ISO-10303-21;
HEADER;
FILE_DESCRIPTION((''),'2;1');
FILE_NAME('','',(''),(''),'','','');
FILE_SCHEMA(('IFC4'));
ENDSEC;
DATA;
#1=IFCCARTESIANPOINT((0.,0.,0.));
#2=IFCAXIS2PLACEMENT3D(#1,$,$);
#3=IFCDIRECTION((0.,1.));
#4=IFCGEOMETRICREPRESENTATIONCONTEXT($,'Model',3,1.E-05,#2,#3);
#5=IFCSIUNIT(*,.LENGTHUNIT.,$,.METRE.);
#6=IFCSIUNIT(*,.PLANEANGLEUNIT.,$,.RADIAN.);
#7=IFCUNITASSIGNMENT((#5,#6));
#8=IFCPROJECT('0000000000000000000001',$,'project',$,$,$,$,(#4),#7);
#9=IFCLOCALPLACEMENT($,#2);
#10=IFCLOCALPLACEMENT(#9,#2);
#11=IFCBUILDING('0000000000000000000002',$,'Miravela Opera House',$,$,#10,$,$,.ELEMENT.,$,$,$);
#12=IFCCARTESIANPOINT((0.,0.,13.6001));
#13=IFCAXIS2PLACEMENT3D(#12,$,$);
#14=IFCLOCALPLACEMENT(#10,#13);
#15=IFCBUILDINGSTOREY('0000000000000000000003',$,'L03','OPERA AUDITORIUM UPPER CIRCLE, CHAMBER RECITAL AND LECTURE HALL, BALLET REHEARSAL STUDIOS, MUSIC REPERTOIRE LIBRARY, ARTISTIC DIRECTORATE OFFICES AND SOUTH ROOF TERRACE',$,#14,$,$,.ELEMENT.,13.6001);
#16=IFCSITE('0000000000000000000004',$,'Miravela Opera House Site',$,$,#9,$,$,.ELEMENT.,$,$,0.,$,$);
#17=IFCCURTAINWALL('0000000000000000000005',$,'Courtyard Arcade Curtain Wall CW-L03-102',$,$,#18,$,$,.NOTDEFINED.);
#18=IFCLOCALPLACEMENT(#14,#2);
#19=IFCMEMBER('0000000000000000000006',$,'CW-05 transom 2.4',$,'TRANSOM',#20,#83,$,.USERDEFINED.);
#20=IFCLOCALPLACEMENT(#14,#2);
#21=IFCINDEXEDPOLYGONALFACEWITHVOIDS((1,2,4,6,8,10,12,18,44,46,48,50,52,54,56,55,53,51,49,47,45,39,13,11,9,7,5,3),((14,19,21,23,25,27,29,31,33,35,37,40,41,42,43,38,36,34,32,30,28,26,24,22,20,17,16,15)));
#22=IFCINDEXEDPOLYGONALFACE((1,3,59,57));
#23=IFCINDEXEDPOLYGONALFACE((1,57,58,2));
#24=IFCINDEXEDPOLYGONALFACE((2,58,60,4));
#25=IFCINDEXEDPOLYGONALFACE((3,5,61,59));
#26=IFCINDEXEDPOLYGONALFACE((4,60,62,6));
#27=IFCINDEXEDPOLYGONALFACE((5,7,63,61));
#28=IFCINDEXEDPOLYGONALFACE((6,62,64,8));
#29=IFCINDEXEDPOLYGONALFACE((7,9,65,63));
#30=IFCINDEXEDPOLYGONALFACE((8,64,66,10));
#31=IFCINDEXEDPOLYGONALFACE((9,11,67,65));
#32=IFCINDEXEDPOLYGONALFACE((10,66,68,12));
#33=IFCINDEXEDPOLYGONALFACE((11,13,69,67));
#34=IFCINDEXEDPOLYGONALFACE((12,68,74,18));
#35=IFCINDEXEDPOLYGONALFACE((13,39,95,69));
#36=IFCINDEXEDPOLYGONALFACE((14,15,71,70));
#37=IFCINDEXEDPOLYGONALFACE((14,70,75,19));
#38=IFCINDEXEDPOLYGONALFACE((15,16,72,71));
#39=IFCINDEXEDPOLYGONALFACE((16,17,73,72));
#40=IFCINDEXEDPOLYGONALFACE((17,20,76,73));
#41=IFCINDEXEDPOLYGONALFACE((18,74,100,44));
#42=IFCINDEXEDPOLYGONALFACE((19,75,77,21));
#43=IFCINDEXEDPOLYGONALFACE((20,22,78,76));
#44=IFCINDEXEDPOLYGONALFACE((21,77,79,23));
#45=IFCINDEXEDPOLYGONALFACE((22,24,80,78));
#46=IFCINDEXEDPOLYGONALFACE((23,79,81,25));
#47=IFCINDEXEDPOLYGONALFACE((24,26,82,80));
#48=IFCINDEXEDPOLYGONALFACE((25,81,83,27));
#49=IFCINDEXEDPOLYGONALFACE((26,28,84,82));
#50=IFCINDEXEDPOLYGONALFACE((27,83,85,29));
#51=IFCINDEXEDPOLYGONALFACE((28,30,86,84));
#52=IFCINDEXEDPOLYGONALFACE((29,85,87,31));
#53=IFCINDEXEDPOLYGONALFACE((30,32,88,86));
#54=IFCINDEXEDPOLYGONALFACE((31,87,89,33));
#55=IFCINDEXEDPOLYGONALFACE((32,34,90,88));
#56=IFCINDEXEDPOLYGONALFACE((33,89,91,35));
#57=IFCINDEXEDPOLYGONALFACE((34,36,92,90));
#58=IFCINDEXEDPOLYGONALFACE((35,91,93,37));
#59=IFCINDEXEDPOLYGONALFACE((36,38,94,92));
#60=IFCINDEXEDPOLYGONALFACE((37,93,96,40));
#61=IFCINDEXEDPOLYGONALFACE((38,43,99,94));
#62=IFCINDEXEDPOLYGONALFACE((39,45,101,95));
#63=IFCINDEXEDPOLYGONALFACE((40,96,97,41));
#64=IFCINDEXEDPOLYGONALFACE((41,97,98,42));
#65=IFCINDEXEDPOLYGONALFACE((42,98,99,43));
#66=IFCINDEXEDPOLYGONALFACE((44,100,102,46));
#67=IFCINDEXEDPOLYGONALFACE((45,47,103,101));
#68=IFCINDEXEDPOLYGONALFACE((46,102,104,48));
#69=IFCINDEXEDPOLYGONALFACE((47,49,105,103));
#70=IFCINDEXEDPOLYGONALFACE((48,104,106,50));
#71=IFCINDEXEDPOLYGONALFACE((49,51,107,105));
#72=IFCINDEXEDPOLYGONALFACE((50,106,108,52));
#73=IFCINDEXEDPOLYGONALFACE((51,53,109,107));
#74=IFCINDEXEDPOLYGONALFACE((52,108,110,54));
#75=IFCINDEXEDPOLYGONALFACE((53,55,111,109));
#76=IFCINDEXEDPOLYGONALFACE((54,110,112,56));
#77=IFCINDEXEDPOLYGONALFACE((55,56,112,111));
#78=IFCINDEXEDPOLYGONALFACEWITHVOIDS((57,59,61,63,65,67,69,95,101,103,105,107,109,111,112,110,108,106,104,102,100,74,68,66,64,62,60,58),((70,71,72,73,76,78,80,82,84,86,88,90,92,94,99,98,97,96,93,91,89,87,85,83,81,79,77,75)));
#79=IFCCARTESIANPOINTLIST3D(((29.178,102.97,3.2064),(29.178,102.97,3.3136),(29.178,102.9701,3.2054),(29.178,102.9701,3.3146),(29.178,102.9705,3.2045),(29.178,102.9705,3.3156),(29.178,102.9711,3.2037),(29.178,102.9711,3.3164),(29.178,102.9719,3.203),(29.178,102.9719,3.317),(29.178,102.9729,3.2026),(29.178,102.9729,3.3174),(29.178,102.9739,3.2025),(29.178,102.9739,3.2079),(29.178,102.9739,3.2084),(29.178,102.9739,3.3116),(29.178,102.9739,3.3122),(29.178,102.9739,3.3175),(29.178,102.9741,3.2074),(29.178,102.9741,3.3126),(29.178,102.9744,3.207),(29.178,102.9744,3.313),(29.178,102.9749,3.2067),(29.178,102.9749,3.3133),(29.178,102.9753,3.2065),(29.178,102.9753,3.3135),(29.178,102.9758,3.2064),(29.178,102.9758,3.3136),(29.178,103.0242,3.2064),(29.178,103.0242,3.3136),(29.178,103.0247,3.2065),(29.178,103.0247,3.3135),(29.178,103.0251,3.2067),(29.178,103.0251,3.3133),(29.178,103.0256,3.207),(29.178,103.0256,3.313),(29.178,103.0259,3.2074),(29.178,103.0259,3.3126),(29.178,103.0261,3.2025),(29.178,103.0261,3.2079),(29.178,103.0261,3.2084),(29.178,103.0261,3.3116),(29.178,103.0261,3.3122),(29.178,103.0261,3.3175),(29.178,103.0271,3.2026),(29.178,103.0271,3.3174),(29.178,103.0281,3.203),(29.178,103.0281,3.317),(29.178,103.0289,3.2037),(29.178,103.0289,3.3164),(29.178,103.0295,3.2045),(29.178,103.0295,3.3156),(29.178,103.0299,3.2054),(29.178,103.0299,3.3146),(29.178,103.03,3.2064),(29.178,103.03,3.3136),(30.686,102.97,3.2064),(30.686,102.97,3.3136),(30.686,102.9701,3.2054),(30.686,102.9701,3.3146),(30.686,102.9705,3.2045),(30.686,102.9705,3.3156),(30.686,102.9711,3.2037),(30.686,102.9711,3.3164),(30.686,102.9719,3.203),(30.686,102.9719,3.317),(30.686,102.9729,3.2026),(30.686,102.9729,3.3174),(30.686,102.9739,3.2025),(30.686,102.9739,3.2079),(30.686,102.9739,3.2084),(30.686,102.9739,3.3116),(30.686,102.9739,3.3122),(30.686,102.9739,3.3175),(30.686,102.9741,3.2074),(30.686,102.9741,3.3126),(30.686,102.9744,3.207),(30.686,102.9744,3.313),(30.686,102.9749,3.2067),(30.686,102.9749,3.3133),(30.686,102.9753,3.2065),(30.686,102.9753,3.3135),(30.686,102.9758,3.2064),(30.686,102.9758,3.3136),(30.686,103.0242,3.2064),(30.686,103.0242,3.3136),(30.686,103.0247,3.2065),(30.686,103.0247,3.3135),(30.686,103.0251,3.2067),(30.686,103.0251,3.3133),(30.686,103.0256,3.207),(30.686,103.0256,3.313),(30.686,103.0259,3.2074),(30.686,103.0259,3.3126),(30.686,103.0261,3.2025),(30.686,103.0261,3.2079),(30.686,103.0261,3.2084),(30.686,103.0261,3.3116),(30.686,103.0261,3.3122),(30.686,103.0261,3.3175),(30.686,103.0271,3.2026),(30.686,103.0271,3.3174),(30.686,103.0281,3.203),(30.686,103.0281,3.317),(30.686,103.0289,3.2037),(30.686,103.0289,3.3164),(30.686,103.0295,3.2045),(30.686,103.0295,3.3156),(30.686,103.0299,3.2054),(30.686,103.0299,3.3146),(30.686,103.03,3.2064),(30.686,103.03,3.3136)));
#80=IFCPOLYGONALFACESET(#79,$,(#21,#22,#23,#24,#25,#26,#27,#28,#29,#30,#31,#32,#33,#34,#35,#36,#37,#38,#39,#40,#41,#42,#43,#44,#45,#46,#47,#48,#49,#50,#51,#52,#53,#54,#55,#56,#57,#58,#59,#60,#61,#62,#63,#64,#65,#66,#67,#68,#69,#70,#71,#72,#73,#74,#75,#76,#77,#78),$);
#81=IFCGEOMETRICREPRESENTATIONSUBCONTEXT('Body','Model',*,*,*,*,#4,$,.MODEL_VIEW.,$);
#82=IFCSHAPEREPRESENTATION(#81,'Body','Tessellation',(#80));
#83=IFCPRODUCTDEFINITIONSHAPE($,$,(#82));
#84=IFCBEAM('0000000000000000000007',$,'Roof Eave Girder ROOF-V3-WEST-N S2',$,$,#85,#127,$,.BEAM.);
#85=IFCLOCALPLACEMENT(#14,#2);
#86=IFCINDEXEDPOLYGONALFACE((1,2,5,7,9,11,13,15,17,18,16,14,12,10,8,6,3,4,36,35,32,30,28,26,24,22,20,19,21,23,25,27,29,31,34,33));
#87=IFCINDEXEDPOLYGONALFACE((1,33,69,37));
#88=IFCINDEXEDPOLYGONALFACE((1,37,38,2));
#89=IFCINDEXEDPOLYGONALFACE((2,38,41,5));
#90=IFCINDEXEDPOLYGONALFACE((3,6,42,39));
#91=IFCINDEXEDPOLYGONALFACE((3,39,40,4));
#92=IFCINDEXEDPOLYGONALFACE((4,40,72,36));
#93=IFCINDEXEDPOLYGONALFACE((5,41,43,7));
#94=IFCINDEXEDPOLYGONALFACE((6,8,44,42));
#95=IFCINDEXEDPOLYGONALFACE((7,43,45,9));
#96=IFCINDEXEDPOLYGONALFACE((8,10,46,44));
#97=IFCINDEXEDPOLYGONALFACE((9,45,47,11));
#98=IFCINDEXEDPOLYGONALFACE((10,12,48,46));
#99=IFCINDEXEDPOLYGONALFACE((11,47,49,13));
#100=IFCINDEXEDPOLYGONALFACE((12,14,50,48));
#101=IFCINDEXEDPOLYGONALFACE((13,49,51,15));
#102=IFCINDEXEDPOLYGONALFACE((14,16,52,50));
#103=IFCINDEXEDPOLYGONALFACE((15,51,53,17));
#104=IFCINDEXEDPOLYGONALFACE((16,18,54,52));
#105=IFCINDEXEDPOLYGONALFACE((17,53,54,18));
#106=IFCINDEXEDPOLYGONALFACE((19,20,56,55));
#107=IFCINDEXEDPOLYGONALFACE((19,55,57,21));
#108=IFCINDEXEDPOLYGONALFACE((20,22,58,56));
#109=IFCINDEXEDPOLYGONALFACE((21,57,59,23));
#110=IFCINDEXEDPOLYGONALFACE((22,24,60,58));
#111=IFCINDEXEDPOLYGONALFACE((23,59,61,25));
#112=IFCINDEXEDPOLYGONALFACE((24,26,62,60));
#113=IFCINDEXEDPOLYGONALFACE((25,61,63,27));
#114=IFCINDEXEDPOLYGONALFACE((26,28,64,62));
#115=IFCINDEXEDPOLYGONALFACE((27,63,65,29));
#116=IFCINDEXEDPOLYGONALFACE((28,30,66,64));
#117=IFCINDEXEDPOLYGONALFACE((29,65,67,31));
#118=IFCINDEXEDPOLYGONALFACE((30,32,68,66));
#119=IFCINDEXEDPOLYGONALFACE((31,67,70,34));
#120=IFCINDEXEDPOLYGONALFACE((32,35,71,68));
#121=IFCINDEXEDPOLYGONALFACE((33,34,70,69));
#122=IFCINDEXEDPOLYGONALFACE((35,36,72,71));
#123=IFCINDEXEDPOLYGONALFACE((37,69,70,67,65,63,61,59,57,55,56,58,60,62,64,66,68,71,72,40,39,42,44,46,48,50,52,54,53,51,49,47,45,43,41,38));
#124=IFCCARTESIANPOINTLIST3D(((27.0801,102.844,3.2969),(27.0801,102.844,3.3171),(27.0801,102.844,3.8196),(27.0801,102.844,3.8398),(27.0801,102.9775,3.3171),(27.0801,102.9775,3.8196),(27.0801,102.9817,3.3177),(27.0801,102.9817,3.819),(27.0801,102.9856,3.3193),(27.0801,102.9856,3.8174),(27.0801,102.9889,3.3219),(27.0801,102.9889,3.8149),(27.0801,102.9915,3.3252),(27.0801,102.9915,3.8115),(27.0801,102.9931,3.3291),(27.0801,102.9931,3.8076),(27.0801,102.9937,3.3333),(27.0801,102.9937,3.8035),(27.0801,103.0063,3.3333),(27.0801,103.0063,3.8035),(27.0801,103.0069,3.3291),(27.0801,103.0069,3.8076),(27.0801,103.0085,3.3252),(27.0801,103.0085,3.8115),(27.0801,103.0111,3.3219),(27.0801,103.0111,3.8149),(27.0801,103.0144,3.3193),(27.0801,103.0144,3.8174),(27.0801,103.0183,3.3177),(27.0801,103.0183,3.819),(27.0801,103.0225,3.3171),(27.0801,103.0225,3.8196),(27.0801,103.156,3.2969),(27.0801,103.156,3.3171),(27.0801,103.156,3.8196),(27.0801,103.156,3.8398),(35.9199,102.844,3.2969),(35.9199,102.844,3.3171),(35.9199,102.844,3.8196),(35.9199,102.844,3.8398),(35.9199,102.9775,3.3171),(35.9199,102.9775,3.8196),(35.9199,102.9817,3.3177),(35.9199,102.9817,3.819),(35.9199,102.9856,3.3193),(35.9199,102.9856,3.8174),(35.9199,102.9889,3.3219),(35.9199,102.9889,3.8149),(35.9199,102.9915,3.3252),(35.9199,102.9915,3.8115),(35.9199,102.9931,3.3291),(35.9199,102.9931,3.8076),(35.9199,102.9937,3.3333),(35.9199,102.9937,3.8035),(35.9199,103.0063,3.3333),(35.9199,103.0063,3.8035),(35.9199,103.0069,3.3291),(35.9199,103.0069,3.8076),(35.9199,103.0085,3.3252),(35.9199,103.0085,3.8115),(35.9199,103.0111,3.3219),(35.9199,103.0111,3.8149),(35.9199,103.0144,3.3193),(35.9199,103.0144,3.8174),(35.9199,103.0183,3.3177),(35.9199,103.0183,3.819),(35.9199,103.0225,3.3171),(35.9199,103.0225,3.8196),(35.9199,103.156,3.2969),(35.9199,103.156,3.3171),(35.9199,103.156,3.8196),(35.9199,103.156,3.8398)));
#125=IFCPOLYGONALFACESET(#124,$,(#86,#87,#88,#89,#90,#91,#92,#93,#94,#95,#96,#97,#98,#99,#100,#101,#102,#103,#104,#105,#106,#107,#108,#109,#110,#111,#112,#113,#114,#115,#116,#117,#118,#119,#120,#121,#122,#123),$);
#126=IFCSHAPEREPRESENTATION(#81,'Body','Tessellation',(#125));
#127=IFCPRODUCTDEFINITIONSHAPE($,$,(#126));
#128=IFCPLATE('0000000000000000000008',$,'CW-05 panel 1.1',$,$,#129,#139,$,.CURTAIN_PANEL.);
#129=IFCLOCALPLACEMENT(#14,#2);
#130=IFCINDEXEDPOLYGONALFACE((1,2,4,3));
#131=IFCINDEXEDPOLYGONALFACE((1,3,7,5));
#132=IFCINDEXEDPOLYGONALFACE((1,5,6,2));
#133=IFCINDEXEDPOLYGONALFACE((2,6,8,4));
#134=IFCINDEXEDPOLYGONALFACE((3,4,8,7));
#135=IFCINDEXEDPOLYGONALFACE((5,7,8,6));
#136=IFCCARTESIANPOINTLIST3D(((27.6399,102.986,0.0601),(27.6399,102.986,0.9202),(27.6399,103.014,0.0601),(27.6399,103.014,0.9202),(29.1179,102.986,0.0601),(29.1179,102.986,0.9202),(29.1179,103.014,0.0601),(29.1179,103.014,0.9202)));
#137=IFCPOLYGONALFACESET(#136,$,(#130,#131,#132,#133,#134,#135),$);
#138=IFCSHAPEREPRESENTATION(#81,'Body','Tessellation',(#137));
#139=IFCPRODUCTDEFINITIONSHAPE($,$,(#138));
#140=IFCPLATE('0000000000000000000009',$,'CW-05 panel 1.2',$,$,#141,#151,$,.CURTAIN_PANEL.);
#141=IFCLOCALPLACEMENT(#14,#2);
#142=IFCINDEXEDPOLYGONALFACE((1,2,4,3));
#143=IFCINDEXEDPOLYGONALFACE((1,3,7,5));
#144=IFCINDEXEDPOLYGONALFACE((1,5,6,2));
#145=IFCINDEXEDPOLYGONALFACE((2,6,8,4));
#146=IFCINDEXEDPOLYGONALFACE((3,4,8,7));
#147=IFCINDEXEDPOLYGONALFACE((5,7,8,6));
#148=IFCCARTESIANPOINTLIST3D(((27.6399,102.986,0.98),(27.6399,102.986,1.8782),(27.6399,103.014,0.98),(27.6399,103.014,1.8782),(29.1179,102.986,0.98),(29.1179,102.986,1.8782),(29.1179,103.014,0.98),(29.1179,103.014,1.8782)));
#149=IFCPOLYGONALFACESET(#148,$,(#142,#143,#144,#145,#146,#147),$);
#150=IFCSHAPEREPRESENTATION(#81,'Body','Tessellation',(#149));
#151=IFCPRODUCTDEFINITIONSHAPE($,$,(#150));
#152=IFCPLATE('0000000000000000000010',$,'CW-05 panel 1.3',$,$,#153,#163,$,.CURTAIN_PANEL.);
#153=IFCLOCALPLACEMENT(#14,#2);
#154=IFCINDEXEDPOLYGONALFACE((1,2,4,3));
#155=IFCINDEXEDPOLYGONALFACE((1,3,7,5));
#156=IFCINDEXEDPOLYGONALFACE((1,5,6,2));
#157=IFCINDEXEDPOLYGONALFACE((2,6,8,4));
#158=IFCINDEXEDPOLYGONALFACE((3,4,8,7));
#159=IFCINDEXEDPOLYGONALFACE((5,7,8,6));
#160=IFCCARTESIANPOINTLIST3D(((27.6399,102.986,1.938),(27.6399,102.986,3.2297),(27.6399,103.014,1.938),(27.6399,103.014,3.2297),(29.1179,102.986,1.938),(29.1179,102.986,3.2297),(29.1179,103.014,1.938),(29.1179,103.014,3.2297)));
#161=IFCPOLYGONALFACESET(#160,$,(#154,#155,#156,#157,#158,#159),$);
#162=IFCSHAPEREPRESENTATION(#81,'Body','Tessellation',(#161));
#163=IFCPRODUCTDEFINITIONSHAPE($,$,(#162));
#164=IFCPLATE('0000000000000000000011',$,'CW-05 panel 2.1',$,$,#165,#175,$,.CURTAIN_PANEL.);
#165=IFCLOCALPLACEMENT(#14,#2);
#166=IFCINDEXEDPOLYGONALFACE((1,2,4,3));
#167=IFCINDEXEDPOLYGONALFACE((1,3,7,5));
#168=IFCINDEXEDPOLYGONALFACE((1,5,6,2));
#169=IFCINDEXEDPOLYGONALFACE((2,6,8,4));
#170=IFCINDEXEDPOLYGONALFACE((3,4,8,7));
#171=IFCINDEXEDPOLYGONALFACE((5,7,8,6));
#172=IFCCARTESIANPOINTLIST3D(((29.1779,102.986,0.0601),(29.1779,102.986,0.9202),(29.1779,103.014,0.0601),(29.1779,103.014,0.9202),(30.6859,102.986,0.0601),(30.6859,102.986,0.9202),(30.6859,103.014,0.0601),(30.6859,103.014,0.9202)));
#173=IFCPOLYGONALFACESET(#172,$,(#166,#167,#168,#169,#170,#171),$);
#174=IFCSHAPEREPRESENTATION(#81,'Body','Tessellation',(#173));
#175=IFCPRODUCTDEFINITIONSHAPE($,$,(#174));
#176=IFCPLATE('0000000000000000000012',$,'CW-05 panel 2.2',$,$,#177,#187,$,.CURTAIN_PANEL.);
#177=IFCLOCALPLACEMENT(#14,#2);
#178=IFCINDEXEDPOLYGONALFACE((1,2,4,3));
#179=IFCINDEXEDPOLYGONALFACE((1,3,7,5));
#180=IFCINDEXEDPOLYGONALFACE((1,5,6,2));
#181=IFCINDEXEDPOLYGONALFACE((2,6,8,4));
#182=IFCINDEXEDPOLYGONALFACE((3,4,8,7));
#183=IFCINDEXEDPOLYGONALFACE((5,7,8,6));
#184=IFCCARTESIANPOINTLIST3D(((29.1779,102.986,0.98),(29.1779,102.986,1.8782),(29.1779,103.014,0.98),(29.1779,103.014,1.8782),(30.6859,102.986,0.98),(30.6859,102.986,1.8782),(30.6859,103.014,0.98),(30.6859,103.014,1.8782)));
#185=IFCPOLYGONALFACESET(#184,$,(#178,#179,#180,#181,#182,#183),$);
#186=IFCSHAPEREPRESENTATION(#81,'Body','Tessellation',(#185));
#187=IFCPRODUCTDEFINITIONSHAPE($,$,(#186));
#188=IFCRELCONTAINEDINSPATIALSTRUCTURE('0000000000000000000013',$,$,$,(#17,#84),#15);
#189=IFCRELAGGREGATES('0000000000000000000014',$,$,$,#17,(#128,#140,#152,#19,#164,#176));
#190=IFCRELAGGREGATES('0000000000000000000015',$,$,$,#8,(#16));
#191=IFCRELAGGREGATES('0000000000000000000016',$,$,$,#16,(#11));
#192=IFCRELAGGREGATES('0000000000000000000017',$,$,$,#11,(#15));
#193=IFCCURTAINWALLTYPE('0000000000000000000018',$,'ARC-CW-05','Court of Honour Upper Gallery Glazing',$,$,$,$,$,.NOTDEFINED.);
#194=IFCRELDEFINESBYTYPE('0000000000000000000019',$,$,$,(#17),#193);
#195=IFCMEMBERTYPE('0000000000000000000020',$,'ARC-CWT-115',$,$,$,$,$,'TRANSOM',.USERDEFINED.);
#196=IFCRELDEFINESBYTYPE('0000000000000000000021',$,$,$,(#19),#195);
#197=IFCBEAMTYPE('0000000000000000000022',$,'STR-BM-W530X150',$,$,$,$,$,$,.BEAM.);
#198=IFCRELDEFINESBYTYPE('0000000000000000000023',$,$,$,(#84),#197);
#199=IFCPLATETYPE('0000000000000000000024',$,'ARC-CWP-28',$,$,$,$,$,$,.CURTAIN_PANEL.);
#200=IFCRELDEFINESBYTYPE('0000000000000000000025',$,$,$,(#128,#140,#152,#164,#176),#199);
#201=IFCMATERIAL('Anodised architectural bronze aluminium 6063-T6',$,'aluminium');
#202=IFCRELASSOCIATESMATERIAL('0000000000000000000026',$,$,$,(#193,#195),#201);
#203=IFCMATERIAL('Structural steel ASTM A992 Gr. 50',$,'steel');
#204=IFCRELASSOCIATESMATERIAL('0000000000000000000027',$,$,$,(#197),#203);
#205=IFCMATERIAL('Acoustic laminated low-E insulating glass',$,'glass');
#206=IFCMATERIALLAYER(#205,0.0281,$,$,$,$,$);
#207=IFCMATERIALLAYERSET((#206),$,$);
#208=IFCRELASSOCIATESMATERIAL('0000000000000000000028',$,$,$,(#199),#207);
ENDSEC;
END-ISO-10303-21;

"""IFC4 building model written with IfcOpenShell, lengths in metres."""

from ifc_helpers import new_model, si_unit, direction, frame, origin, origin_2d, place, context, subcontext, project, spatial, rectangle, hollow_rectangle, i_section, extrude, material, layer, layer_set, material_profile, profile_set, type_object, element, aggregate, save


model = new_model("IFC4")

# Units and contexts
model_context = context("Model", 3, precision=1e-05, world=origin(), true_north=direction((0.0, 1.0)))
body_context = subcontext(model_context, "Body", "Model", "MODEL_VIEW")
ifc_project = project(units=[si_unit("LENGTHUNIT", "METRE"), si_unit("PLANEANGLEUNIT", "RADIAN")], contexts=[model_context])

# Site, building, storey
site_placement = place(None, origin())
site = spatial("IfcSite", under=ifc_project, at=site_placement, Name="Miravela Opera House Site", CompositionType="ELEMENT", RefElevation=0.0)
building_placement = place(site_placement, origin())
building = spatial("IfcBuilding", under=site, at=building_placement, Name="Miravela Opera House", CompositionType="ELEMENT")
storey_placement = place(building_placement, frame((0.0, 0.0, 13.6001)))
storey = spatial("IfcBuildingStorey", under=building, at=storey_placement, Name="L03", Description="OPERA AUDITORIUM UPPER CIRCLE, CHAMBER RECITAL AND LECTURE HALL, BALLET REHEARSAL STUDIOS, MUSIC REPERTOIRE LIBRARY, ARTISTIC DIRECTORATE OFFICES AND SOUTH ROOF TERRACE", CompositionType="ELEMENT", Elevation=13.6001)

# Curtain wall
ifc_material_1 = material(Name="Anodised architectural bronze aluminium 6063-T6", Category="aluminium")
curtain_wall_type = type_object("IfcCurtainWallType", Name="ARC-CW-05", Description="Court of Honour Upper Gallery Glazing", PredefinedType="NOTDEFINED", material=ifc_material_1)
curtain_wall_1_placement = place(storey_placement, origin())
curtain_wall_1 = element("IfcCurtainWall", 1, at=curtain_wall_1_placement, inside=storey, type_object=curtain_wall_type, Name="Courtyard Arcade Curtain Wall CW-L03-102", PredefinedType="NOTDEFINED")

# Member
ifc_material_profile_1 = material_profile(ifc_material_1, hollow_rectangle(XDim=0.0601, YDim=0.115, WallThickness=0.0039, InnerFilletRadius=0.002, OuterFilletRadius=0.0039, at=origin_2d()), Name="CWT-60X115")
ifc_profile_set_1 = profile_set([ifc_material_profile_1])
member_type_1 = type_object("IfcMemberType", Name="ARC-CWT-115", ElementType="TRANSOM", PredefinedType="USERDEFINED", material=ifc_profile_set_1)
member_1_placement = place(storey_placement, frame((29.178, 103.0, 3.26), z_axis=(1.0, 0.0, 0.0), x_axis=(0.0, 1.0, 0.0)))
member_1 = element("IfcMember", 2, at=member_1_placement, type_object=member_type_1, Name="CW-05 transom 2.4", ObjectType="TRANSOM", PredefinedType="USERDEFINED", context=body_context, shape_type="SweptSolid", body=[
    extrude(hollow_rectangle(XDim=0.0601, YDim=0.115, WallThickness=0.0039, InnerFilletRadius=0.002, OuterFilletRadius=0.0039, at=origin_2d()), origin(), (0.0, 0.0, 1.0), 1.5081),
])

# Beam
ifc_material_2 = material(Name="Structural steel ASTM A992 Gr. 50", Category="steel")
ifc_material_profile_2 = material_profile(ifc_material_2, i_section(OverallWidth=0.312, OverallDepth=0.543, WebThickness=0.0127, FlangeThickness=0.0203, FilletRadius=0.0161, at=origin_2d()), Name="W530X150")
ifc_profile_set_2 = profile_set([ifc_material_profile_2])
beam_type = type_object("IfcBeamType", Name="STR-BM-W530X150", PredefinedType="BEAM", material=ifc_profile_set_2)
beam_placement = place(storey_placement, frame((27.0801, 103.0, 3.5684), z_axis=(1.0, 0.0, 0.0), x_axis=(0.0, 1.0, 0.0)))
element("IfcBeam", 3, at=beam_placement, inside=storey, type_object=beam_type, Name="Roof Eave Girder ROOF-V3-WEST-N S2", PredefinedType="BEAM", context=body_context, shape_type="SweptSolid", body=[
    extrude(i_section(OverallWidth=0.312, OverallDepth=0.543, WebThickness=0.0127, FlangeThickness=0.0203, FilletRadius=0.0161, at=origin_2d()), origin(), (0.0, 0.0, 1.0), 8.8398),
])

# Plates
ifc_material_3 = material(Name="Acoustic laminated low-E insulating glass", Category="glass")
ifc_layer = layer(ifc_material_3, 0.0281)
ifc_layer_set = layer_set([ifc_layer])
plate_type = type_object("IfcPlateType", Name="ARC-CWP-28", PredefinedType="CURTAIN_PANEL", material=ifc_layer_set)
plate_1_placement = place(storey_placement, frame((28.3789, 103.0, 0.0601), z_axis=(0.0, 0.0, 1.0), x_axis=(1.0, 0.0, 0.0)))
plate_1 = element("IfcPlate", 4, at=plate_1_placement, type_object=plate_type, Name="CW-05 panel 1.1", PredefinedType="CURTAIN_PANEL", context=body_context, shape_type="SweptSolid", body=[
    extrude(rectangle(XDim=1.478, YDim=0.0281, at=origin_2d()), origin(), (0.0, 0.0, 1.0), 0.8601),
])
plate_2_placement = place(storey_placement, frame((28.3789, 103.0, 0.98), z_axis=(0.0, 0.0, 1.0), x_axis=(1.0, 0.0, 0.0)))
plate_2 = element("IfcPlate", 5, at=plate_2_placement, type_object=plate_type, Name="CW-05 panel 1.2", PredefinedType="CURTAIN_PANEL", context=body_context, shape_type="SweptSolid", body=[
    extrude(rectangle(XDim=1.478, YDim=0.0281, at=origin_2d()), origin(), (0.0, 0.0, 1.0), 0.8982),
])
plate_3_placement = place(storey_placement, frame((28.3789, 103.0, 1.938), z_axis=(0.0, 0.0, 1.0), x_axis=(1.0, 0.0, 0.0)))
plate_3 = element("IfcPlate", 6, at=plate_3_placement, type_object=plate_type, Name="CW-05 panel 1.3", PredefinedType="CURTAIN_PANEL", context=body_context, shape_type="SweptSolid", body=[
    extrude(rectangle(XDim=1.478, YDim=0.0281, at=origin_2d()), origin(), (0.0, 0.0, 1.0), 1.2917),
])
plate_4_placement = place(storey_placement, frame((29.9319, 103.0, 0.0601), z_axis=(0.0, 0.0, 1.0), x_axis=(1.0, 0.0, 0.0)))
plate_4 = element("IfcPlate", 7, at=plate_4_placement, type_object=plate_type, Name="CW-05 panel 2.1", PredefinedType="CURTAIN_PANEL", context=body_context, shape_type="SweptSolid", body=[
    extrude(rectangle(XDim=1.5081, YDim=0.0281, at=origin_2d()), origin(), (0.0, 0.0, 1.0), 0.8601),
])
plate_5_placement = place(storey_placement, frame((29.9319, 103.0, 0.98), z_axis=(0.0, 0.0, 1.0), x_axis=(1.0, 0.0, 0.0)))
plate_5 = element("IfcPlate", 8, at=plate_5_placement, type_object=plate_type, Name="CW-05 panel 2.2", PredefinedType="CURTAIN_PANEL", context=body_context, shape_type="SweptSolid", body=[
    extrude(rectangle(XDim=1.5081, YDim=0.0281, at=origin_2d()), origin(), (0.0, 0.0, 1.0), 0.8982),
])
aggregate(curtain_wall_1, [plate_1, plate_2, plate_3, member_1, plate_4, plate_5])

save(model, "model.ifc")
